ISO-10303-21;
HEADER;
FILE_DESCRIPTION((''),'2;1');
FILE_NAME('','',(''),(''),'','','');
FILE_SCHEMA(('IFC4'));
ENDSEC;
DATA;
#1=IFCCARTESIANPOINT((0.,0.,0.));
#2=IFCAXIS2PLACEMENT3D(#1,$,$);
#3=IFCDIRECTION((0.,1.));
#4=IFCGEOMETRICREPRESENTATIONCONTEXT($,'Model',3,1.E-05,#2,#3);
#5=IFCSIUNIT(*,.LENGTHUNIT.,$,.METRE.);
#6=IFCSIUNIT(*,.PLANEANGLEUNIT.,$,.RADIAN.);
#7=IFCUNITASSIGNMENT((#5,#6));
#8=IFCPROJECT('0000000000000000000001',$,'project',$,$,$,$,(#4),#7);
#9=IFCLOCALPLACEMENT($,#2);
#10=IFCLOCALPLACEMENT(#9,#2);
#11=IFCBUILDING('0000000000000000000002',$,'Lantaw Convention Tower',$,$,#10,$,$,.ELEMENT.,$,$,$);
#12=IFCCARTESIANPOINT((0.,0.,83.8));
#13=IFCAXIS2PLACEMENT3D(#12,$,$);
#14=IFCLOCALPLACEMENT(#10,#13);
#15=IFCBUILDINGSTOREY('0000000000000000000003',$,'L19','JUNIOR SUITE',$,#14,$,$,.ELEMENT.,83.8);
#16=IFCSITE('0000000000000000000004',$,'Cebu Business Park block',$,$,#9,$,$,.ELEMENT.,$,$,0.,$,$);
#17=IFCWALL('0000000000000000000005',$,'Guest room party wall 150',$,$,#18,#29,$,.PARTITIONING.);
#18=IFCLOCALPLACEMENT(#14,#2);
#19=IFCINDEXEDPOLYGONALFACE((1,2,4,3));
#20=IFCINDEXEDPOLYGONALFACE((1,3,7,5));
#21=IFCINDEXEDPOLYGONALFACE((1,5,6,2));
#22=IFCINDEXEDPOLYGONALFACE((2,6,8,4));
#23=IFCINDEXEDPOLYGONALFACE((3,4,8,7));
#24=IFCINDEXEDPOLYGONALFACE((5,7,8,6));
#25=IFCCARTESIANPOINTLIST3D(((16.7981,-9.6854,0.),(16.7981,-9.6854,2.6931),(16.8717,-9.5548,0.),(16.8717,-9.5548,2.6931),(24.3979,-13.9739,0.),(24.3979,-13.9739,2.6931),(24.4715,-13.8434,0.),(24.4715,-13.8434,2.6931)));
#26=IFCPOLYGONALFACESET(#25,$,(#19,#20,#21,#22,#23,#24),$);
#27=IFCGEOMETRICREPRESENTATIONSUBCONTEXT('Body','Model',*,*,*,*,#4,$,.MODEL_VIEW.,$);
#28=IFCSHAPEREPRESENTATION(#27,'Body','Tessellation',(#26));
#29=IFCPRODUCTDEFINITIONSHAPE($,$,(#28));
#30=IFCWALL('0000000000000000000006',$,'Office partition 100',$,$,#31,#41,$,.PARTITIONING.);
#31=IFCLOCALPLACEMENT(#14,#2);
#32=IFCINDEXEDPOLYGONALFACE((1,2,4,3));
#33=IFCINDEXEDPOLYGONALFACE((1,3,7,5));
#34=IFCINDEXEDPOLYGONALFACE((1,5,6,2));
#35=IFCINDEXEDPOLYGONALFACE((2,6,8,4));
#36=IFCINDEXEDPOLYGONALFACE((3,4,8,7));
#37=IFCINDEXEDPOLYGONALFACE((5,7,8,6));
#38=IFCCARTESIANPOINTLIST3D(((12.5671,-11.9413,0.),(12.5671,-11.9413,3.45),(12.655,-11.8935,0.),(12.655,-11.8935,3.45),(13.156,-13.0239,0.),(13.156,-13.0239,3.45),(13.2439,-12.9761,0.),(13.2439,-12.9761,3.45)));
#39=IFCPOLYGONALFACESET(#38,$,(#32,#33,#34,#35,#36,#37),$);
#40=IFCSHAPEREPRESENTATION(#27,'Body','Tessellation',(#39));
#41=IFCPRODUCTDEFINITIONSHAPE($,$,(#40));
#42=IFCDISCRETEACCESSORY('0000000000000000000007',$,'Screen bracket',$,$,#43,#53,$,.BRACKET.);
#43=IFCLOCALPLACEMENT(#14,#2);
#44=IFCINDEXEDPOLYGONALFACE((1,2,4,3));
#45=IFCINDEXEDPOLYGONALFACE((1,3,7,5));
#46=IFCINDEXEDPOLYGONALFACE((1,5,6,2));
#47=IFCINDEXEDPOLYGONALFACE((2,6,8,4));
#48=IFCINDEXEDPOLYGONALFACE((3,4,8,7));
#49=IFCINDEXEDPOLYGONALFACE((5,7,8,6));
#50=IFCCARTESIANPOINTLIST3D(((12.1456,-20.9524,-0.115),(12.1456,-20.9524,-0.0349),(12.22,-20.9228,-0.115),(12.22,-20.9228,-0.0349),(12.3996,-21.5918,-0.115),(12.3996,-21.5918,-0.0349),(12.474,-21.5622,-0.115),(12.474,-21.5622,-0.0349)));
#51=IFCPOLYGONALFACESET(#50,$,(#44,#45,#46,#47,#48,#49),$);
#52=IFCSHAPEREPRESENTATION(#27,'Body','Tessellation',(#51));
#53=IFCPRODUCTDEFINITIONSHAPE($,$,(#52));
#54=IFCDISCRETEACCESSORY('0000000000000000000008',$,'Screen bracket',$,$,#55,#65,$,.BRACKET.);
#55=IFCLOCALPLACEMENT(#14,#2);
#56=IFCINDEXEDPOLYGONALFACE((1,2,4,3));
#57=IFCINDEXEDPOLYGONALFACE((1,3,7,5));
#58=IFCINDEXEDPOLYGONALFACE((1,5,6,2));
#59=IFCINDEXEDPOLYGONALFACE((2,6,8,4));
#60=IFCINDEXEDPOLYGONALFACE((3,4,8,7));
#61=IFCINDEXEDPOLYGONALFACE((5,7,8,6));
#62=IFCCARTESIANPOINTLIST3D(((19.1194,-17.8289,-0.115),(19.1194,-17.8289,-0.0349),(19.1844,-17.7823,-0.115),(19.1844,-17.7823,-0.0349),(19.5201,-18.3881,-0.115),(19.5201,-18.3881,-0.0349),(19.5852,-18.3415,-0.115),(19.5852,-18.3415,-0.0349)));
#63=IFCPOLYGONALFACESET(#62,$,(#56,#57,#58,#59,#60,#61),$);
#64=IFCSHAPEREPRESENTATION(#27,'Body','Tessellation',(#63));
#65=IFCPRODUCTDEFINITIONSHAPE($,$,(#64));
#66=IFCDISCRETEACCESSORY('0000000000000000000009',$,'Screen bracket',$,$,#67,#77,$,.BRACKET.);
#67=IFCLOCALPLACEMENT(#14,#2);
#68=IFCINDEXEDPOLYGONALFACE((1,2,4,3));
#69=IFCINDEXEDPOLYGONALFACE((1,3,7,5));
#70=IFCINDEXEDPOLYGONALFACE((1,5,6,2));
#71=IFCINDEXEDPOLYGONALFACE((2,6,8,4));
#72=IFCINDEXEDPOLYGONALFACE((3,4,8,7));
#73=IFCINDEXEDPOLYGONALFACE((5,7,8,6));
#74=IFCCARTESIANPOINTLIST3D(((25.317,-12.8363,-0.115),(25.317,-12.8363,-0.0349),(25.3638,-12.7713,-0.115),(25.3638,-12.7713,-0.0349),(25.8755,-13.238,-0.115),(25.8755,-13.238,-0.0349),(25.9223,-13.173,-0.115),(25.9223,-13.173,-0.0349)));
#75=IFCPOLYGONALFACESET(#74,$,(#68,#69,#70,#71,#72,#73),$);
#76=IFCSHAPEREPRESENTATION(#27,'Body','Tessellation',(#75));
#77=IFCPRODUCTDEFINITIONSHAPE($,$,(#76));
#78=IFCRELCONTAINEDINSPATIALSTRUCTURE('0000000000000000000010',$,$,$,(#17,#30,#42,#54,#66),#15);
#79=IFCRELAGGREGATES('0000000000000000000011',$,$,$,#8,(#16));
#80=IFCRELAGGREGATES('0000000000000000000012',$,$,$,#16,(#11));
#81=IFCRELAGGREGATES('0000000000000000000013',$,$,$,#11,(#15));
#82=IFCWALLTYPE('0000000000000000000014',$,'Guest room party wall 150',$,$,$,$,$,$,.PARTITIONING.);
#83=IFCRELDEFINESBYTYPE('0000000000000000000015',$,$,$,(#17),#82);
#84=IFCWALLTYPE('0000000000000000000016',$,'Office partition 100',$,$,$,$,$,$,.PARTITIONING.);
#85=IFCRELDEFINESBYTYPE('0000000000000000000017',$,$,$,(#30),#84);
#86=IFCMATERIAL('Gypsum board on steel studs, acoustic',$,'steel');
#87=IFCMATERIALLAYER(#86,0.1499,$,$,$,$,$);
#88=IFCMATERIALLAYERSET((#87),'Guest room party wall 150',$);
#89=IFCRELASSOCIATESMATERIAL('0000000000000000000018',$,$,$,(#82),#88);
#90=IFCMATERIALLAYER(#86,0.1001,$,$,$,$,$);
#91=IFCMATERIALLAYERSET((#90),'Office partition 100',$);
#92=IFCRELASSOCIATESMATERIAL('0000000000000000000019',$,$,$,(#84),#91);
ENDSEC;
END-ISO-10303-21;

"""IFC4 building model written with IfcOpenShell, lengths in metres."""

from ifc_helpers import new_model, si_unit, direction, frame, frame_2d, origin, origin_2d, place, context, subcontext, project, spatial, rectangle, extrude, material, layer, layer_set, type_object, element, save


model = new_model("IFC4")

# Units and contexts
model_context = context("Model", 3, precision=1e-05, world=origin(), true_north=direction((0.0, 1.0)))
body_context = subcontext(model_context, "Body", "Model", "MODEL_VIEW")
ifc_project = project(units=[si_unit("LENGTHUNIT", "METRE"), si_unit("PLANEANGLEUNIT", "RADIAN")], contexts=[model_context])

# Site, building, storey
site_placement = place(None, origin())
site = spatial("IfcSite", under=ifc_project, at=site_placement, Name="Cebu Business Park block", CompositionType="ELEMENT", RefElevation=0.0)
building_placement = place(site_placement, origin())
building = spatial("IfcBuilding", under=site, at=building_placement, Name="Lantaw Convention Tower", CompositionType="ELEMENT")
storey_placement = place(building_placement, frame((0.0, 0.0, 83.8)))
storey = spatial("IfcBuildingStorey", under=building, at=storey_placement, Name="L19", Description="JUNIOR SUITE", CompositionType="ELEMENT", Elevation=83.8)

# Walls
ifc_material_1 = material(Name="Gypsum board on steel studs, acoustic", Category="steel")
ifc_layer_1 = layer(ifc_material_1, 0.1499)
ifc_layer_set_1 = layer_set([ifc_layer_1], Name="Guest room party wall 150")
wall_type_1 = type_object("IfcWallType", Name="Guest room party wall 150", PredefinedType="PARTITIONING", material=ifc_layer_set_1)
wall_1_placement = place(storey_placement, frame((24.4348, -13.9087, 0.0), z_axis=(0.0, 0.0, 1.0), x_axis=(-0.870906, 0.49145, 0.0)))
element("IfcWall", 1, at=wall_1_placement, inside=storey, type_object=wall_type_1, Name="Guest room party wall 150", PredefinedType="PARTITIONING", context=body_context, shape_type="SweptSolid", body=[
    extrude(rectangle(XDim=8.7263, YDim=0.1499, at=frame_2d((4.3633, 0.0))), origin(), (0.0, 0.0, 1.0), 2.6931),
])
ifc_layer_2 = layer(ifc_material_1, 0.1001)
ifc_layer_set_2 = layer_set([ifc_layer_2], Name="Office partition 100")
wall_type_2 = type_object("IfcWallType", Name="Office partition 100", PredefinedType="PARTITIONING", material=ifc_layer_set_2)
wall_2_placement = place(storey_placement, frame((13.2, -13.0, 0.0), z_axis=(0.0, 0.0, 1.0), x_axis=(-0.477852, 0.87844, 0.0)))
element("IfcWall", 2, at=wall_2_placement, inside=storey, type_object=wall_type_2, Name="Office partition 100", PredefinedType="PARTITIONING", context=body_context, shape_type="SweptSolid", body=[
    extrude(rectangle(XDim=1.2324, YDim=0.1001, at=frame_2d((0.6162, 0.0))), origin(), (0.0, 0.0, 1.0), 3.45),
])

# Discrete accessories
for number, where, z_axis, x_axis, name in (
    (3, (12.3098, -21.2573, -0.115), (0.0, 0.0, 1.0), (0.929361, 0.369172, 0.0), "Screen bracket"),
    (4, (19.3523, -18.0852, -0.115), (0.0, 0.0, 1.0), (0.812804, 0.582538, 0.0), "Screen bracket"),
    (5, (25.6196, -13.0046, -0.115), (0.0, 0.0, 1.0), (0.583951, 0.811789, 0.0), "Screen bracket"),
):
    element("IfcDiscreteAccessory", number, at=place(storey_placement, frame(where, z_axis=z_axis, x_axis=x_axis)), inside=storey, Name=name, PredefinedType="BRACKET", context=body_context, shape_type="SweptSolid", body=[
        extrude(rectangle(XDim=0.0801, YDim=0.688, at=origin_2d()), origin(), (0.0, 0.0, 1.0), 0.0801),
    ])

save(model, "model.ifc")
